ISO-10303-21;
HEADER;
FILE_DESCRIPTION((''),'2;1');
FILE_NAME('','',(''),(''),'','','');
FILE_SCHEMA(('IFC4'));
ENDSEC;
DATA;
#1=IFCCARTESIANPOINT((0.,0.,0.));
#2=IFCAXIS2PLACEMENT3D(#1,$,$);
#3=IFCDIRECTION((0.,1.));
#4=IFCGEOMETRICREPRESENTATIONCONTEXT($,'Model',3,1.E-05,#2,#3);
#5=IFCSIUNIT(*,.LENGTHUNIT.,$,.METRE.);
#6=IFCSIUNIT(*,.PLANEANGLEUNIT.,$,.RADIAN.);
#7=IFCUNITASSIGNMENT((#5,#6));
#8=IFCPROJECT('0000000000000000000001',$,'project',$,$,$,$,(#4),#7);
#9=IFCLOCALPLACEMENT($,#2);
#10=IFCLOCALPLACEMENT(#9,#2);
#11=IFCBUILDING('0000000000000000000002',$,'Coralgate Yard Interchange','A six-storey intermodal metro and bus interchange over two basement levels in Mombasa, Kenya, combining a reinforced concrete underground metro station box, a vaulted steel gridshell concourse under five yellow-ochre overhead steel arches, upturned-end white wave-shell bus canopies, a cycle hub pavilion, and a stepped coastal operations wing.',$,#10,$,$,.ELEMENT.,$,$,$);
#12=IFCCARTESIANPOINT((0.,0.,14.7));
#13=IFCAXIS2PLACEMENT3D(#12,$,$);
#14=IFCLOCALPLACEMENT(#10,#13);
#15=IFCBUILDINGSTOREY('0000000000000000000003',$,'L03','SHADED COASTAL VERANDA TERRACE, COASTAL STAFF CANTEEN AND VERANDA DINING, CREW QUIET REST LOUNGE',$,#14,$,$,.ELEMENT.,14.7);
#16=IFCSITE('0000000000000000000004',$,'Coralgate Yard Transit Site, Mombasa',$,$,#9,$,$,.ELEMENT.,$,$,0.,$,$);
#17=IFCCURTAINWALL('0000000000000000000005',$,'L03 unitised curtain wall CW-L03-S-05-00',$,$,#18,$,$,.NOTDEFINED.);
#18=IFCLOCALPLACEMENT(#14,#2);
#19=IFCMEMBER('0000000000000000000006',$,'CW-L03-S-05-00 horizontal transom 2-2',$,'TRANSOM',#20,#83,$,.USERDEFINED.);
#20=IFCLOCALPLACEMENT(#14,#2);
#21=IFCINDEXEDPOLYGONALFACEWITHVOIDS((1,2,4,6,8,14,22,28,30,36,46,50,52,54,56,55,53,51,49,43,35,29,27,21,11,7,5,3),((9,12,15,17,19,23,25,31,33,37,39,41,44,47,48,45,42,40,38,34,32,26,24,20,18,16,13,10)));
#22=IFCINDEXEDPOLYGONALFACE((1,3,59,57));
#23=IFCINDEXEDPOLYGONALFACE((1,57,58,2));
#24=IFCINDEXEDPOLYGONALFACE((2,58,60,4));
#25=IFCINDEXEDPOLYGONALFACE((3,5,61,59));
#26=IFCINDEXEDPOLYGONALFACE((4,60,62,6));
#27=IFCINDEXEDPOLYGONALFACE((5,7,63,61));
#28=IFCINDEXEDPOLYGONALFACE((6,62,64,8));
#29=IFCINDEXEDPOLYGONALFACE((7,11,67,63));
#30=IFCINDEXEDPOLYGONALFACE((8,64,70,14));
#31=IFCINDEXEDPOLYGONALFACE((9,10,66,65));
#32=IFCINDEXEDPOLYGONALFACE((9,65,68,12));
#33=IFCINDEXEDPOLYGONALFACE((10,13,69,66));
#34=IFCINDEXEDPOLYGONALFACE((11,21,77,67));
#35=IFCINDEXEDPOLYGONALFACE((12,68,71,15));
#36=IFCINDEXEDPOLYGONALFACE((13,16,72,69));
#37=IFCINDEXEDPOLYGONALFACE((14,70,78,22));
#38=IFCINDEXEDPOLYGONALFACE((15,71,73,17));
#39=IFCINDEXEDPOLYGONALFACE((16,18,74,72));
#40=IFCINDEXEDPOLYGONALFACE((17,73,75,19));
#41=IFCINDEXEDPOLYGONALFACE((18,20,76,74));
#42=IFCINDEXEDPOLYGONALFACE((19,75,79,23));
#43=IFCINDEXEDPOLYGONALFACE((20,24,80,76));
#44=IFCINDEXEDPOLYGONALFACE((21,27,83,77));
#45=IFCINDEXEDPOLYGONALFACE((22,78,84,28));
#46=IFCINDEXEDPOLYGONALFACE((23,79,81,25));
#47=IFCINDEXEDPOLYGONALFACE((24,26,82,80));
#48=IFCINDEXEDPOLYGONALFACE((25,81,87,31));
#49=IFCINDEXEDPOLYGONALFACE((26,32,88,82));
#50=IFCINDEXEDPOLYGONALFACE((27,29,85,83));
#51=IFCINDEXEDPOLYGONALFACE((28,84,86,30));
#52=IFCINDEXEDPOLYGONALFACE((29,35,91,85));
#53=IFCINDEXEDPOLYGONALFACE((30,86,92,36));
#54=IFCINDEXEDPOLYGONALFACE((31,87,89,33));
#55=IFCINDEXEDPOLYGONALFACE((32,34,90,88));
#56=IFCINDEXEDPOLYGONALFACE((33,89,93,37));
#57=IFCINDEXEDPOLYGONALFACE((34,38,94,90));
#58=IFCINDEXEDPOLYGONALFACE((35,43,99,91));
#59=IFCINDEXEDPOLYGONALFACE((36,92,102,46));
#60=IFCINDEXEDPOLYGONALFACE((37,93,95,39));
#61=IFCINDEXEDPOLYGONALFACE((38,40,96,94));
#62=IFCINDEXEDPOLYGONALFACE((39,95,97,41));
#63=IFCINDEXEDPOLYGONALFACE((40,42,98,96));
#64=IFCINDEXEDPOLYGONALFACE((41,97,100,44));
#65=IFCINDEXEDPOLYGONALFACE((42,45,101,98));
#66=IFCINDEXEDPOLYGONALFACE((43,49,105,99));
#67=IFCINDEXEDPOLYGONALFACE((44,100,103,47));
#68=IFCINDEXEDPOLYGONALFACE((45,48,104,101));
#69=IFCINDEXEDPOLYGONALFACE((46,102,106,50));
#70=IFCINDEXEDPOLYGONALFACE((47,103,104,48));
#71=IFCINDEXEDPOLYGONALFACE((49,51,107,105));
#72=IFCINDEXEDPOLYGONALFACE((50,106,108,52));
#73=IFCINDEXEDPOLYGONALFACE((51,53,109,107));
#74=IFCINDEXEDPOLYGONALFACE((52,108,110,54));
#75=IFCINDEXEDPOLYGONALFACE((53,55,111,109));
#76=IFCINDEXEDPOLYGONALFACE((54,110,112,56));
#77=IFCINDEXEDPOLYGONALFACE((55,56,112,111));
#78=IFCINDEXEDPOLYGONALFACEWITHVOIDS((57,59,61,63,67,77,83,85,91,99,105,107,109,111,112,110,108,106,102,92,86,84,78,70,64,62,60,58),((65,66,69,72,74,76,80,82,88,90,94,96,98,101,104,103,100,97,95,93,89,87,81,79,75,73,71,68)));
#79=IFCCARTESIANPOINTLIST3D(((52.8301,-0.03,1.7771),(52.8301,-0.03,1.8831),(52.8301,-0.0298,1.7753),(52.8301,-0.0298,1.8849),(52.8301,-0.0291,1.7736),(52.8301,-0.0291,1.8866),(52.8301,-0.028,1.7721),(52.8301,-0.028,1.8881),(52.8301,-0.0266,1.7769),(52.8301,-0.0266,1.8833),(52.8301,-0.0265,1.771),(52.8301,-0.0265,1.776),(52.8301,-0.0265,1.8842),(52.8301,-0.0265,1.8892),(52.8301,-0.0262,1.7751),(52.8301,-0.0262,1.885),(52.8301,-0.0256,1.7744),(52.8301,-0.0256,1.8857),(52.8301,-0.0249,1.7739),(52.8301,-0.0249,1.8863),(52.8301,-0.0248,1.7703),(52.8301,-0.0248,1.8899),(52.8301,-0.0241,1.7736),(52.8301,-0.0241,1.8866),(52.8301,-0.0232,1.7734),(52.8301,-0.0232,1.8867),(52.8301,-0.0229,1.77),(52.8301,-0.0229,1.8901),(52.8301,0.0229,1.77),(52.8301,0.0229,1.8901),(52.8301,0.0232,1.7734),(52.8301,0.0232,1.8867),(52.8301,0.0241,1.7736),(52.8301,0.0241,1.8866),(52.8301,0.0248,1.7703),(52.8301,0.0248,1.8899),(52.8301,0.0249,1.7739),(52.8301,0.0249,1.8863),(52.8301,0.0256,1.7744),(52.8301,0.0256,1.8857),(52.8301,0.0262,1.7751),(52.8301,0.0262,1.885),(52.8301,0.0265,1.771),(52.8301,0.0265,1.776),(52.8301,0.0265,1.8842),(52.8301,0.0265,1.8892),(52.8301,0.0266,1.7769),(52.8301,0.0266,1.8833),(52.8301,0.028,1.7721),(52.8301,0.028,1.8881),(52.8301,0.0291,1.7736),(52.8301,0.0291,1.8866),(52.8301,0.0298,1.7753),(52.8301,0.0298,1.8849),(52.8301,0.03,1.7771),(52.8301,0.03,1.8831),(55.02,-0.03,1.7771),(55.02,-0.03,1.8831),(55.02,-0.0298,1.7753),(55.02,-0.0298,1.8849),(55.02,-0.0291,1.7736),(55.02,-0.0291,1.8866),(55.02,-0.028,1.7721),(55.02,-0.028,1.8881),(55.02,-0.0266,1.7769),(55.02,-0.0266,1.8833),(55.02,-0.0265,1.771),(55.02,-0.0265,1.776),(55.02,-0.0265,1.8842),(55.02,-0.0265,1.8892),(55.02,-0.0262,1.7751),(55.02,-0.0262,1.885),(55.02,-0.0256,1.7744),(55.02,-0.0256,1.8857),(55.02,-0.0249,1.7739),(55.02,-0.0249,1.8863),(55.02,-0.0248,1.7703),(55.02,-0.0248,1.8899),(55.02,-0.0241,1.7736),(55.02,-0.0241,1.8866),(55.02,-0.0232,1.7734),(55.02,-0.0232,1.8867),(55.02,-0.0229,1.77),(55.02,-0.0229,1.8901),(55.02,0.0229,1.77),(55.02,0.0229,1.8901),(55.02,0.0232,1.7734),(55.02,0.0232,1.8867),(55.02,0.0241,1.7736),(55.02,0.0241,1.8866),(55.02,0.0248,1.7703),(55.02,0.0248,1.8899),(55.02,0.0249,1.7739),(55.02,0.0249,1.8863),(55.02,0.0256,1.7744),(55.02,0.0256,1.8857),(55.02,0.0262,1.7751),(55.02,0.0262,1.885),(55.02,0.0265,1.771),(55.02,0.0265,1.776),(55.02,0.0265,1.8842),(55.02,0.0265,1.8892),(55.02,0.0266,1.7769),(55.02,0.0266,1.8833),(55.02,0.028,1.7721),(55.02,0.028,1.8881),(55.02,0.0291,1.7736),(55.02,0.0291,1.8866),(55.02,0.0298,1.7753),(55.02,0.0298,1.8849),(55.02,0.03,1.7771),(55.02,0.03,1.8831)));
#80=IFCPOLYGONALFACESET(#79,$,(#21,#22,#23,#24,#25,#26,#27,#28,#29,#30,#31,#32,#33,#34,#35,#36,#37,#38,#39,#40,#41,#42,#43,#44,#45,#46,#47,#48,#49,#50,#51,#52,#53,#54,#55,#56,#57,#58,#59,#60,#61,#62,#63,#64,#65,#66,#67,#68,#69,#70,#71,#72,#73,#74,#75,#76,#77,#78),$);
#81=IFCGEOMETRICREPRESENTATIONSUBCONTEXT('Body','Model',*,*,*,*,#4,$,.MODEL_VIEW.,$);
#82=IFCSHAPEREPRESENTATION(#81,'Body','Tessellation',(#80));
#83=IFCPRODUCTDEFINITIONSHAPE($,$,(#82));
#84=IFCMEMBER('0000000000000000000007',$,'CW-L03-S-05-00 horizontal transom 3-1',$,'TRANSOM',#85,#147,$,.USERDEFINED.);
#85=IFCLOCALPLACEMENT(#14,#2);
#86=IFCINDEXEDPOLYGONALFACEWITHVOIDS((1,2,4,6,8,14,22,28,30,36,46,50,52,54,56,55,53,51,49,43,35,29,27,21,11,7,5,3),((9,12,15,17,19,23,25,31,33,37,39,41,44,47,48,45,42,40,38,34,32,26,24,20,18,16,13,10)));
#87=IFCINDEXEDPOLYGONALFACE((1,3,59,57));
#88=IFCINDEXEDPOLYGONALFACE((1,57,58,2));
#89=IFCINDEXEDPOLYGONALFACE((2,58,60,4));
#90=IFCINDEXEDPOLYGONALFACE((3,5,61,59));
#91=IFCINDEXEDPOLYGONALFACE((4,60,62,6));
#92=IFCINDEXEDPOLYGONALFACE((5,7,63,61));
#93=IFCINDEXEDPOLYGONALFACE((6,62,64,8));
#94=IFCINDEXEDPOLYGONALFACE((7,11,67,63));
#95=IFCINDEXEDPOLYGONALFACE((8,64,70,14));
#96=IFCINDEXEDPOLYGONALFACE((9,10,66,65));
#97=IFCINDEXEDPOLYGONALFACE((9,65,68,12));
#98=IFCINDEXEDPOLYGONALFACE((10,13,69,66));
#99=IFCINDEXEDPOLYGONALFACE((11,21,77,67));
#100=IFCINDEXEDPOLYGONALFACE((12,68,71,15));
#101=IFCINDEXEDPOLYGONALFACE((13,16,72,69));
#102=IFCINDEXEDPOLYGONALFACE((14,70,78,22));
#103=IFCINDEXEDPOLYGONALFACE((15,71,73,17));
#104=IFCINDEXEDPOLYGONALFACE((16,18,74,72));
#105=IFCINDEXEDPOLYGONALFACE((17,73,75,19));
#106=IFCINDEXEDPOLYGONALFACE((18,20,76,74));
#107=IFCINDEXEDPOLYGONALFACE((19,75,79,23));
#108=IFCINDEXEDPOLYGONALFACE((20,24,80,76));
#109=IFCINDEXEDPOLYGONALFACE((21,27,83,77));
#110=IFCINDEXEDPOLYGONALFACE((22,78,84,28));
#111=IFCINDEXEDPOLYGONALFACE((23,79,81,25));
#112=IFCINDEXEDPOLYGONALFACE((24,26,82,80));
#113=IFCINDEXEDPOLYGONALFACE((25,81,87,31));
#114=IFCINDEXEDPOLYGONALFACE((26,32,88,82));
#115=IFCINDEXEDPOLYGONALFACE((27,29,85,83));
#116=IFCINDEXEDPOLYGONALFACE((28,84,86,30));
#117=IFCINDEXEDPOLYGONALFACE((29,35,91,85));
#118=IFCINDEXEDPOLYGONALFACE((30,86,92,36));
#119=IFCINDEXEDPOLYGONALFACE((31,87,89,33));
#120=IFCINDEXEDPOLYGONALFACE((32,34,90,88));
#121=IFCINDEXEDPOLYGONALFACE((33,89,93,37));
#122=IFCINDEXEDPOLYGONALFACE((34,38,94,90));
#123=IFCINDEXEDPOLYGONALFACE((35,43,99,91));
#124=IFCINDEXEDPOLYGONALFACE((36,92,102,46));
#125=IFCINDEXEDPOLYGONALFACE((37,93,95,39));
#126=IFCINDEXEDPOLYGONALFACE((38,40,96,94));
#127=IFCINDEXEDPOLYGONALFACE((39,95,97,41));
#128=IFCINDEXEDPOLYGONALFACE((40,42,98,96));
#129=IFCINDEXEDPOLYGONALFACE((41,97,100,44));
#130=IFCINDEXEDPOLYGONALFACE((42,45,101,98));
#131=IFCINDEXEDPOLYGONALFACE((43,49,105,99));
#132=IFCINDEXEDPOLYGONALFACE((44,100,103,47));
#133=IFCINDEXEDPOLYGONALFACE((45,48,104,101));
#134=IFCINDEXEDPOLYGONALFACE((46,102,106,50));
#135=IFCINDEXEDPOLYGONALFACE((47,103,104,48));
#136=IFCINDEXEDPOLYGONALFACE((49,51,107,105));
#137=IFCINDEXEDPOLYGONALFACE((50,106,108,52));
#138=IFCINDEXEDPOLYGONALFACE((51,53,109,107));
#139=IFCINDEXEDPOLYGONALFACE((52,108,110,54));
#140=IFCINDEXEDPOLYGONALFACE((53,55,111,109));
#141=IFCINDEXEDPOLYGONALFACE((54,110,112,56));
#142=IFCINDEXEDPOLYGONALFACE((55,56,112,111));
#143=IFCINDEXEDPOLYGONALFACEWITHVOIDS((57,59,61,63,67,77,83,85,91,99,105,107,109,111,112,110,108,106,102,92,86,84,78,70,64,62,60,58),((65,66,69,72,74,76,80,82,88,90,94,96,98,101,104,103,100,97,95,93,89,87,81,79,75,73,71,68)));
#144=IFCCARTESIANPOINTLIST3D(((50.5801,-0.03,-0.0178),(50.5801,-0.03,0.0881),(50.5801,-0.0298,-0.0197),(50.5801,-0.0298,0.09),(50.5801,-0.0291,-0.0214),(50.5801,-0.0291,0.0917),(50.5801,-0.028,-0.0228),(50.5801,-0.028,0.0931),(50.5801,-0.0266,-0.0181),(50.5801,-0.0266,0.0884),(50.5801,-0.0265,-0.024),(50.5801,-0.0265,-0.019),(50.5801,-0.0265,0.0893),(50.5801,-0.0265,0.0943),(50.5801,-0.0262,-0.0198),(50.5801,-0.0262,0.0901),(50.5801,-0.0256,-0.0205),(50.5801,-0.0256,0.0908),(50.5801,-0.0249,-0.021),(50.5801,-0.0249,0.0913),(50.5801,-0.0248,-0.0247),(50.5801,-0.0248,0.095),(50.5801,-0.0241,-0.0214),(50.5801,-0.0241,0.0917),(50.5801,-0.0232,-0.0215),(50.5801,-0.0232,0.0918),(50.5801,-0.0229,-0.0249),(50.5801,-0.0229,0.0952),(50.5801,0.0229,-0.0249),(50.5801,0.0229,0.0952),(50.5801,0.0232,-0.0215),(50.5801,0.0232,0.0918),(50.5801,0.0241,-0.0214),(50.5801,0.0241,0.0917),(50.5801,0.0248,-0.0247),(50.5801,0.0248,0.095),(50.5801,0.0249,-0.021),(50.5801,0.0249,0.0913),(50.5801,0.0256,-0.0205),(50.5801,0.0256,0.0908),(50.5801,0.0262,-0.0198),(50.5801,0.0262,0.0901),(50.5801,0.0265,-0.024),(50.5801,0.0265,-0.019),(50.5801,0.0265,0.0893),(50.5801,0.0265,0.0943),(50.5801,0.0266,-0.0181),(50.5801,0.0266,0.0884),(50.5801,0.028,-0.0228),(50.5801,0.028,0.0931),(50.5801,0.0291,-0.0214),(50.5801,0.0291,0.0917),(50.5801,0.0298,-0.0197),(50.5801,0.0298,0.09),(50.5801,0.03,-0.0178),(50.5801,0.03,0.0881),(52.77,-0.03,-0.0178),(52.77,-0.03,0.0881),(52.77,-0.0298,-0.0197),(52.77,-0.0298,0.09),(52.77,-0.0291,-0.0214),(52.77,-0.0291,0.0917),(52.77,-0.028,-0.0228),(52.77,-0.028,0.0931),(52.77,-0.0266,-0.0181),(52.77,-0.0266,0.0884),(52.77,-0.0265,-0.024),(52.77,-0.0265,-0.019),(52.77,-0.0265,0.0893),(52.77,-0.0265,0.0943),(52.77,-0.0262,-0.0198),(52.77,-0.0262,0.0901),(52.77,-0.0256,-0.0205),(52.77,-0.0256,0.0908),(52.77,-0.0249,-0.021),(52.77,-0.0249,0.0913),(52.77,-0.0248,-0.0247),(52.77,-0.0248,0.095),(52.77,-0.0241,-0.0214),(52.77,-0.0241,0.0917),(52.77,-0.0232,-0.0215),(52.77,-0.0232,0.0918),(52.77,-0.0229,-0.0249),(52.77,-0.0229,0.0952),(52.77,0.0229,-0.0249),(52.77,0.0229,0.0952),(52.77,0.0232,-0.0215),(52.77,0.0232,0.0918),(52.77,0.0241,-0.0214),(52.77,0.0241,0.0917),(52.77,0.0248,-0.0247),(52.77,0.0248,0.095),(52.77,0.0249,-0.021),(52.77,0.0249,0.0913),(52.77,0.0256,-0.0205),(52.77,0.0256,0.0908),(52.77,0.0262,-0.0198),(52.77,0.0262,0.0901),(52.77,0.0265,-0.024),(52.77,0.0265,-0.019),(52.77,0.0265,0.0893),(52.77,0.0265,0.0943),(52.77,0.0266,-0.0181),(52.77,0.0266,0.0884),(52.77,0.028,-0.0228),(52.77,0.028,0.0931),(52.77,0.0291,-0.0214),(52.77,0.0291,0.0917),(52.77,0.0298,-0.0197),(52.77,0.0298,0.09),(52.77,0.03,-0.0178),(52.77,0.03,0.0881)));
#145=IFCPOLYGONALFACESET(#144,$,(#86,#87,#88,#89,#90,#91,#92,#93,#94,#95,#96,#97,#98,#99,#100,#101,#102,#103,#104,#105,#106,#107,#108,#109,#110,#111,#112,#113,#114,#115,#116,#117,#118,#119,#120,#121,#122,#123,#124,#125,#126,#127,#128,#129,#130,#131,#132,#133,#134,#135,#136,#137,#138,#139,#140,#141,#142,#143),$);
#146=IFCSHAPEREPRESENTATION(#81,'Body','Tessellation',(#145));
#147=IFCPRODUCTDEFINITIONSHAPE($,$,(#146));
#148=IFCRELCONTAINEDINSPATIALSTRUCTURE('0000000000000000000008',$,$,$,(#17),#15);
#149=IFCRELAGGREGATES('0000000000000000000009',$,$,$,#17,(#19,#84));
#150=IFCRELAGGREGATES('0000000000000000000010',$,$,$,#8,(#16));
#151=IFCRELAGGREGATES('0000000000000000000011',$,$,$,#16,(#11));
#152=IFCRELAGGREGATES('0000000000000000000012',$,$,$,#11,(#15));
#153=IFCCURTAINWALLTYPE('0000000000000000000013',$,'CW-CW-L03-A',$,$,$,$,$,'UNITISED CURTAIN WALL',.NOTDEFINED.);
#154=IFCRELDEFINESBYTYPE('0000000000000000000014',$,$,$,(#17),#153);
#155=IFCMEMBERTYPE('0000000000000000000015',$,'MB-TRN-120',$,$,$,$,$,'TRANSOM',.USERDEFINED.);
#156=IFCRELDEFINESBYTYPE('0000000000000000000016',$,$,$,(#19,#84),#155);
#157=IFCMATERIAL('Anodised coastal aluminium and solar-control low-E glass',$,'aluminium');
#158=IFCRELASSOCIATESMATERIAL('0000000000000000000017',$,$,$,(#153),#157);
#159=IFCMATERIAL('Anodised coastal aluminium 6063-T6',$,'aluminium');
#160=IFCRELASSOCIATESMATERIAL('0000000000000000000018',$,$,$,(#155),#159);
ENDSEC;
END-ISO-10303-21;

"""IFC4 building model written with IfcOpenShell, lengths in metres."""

from ifc_helpers import new_model, si_unit, direction, frame, origin, origin_2d, place, context, subcontext, project, spatial, hollow_rectangle, extrude, material, material_profile, profile_set, type_object, element, aggregate, save


model = new_model("IFC4")

# Units and contexts
model_context = context("Model", 3, precision=1e-05, world=origin(), true_north=direction((0.0, 1.0)))
body_context = subcontext(model_context, "Body", "Model", "MODEL_VIEW")
ifc_project = project(units=[si_unit("LENGTHUNIT", "METRE"), si_unit("PLANEANGLEUNIT", "RADIAN")], contexts=[model_context])

# Site, building, storey
site_placement = place(None, origin())
site = spatial("IfcSite", under=ifc_project, at=site_placement, Name="Coralgate Yard Transit Site, Mombasa", CompositionType="ELEMENT", RefElevation=0.0)
building_placement = place(site_placement, origin())
building = spatial("IfcBuilding", under=site, at=building_placement, Name="Coralgate Yard Interchange", Description="A six-storey intermodal metro and bus interchange over two basement levels in Mombasa, Kenya, combining a reinforced concrete underground metro station box, a vaulted steel gridshell concourse under five yellow-ochre overhead steel arches, upturned-end white wave-shell bus canopies, a cycle hub pavilion, and a stepped coastal operations wing.", CompositionType="ELEMENT")
storey_placement = place(building_placement, frame((0.0, 0.0, 14.7)))
storey = spatial("IfcBuildingStorey", under=building, at=storey_placement, Name="L03", Description="SHADED COASTAL VERANDA TERRACE, COASTAL STAFF CANTEEN AND VERANDA DINING, CREW QUIET REST LOUNGE", CompositionType="ELEMENT", Elevation=14.7)

# Curtain wall, members
ifc_material_1 = material(Name="Anodised coastal aluminium and solar-control low-E glass", Category="aluminium")
curtain_wall_type = type_object("IfcCurtainWallType", Name="CW-CW-L03-A", ElementType="UNITISED CURTAIN WALL", PredefinedType="NOTDEFINED", material=ifc_material_1)
curtain_wall_placement = place(storey_placement, origin())
curtain_wall = element("IfcCurtainWall", 1, at=curtain_wall_placement, inside=storey, type_object=curtain_wall_type, Name="L03 unitised curtain wall CW-L03-S-05-00", PredefinedType="NOTDEFINED")
ifc_material_2 = material(Name="Anodised coastal aluminium 6063-T6", Category="aluminium")
ifc_material_profile_1 = material_profile(ifc_material_2, hollow_rectangle(XDim=0.0601, YDim=0.1201, WallThickness=0.0034, InnerFilletRadius=0.0034, OuterFilletRadius=0.0071, at=origin_2d()), Name="ALU 60x120x3.5")
ifc_profile_set_1 = profile_set([ifc_material_profile_1], Name="Anodised coastal aluminium 6063-T6")
member_type_1 = type_object("IfcMemberType", Name="MB-TRN-120", ElementType="TRANSOM", PredefinedType="USERDEFINED", material=ifc_profile_set_1)
member_1_placement = place(storey_placement, frame((55.02, 0.0, 1.8301), z_axis=(-1.0, 0.0, 0.0), x_axis=(0.0, -1.0, 0.0)))
member_1 = element("IfcMember", 2, at=member_1_placement, type_object=member_type_1, Name="CW-L03-S-05-00 horizontal transom 2-2", ObjectType="TRANSOM", PredefinedType="USERDEFINED", context=body_context, shape_type="SweptSolid", body=[
    extrude(hollow_rectangle(XDim=0.0601, YDim=0.1201, WallThickness=0.0034, InnerFilletRadius=0.0034, OuterFilletRadius=0.0071, at=origin_2d()), origin(), (0.0, 0.0, 1.0), 2.1899),
])
member_2_placement = place(storey_placement, frame((52.77, 0.0, 0.0352), z_axis=(-1.0, 0.0, 0.0), x_axis=(0.0, -1.0, 0.0)))
member_2 = element("IfcMember", 3, at=member_2_placement, type_object=member_type_1, Name="CW-L03-S-05-00 horizontal transom 3-1", ObjectType="TRANSOM", PredefinedType="USERDEFINED", context=body_context, shape_type="SweptSolid", body=[
    extrude(hollow_rectangle(XDim=0.0601, YDim=0.1201, WallThickness=0.0034, InnerFilletRadius=0.0034, OuterFilletRadius=0.0071, at=origin_2d()), origin(), (0.0, 0.0, 1.0), 2.1899),
])
aggregate(curtain_wall, [member_1, member_2])

save(model, "model.ifc")
